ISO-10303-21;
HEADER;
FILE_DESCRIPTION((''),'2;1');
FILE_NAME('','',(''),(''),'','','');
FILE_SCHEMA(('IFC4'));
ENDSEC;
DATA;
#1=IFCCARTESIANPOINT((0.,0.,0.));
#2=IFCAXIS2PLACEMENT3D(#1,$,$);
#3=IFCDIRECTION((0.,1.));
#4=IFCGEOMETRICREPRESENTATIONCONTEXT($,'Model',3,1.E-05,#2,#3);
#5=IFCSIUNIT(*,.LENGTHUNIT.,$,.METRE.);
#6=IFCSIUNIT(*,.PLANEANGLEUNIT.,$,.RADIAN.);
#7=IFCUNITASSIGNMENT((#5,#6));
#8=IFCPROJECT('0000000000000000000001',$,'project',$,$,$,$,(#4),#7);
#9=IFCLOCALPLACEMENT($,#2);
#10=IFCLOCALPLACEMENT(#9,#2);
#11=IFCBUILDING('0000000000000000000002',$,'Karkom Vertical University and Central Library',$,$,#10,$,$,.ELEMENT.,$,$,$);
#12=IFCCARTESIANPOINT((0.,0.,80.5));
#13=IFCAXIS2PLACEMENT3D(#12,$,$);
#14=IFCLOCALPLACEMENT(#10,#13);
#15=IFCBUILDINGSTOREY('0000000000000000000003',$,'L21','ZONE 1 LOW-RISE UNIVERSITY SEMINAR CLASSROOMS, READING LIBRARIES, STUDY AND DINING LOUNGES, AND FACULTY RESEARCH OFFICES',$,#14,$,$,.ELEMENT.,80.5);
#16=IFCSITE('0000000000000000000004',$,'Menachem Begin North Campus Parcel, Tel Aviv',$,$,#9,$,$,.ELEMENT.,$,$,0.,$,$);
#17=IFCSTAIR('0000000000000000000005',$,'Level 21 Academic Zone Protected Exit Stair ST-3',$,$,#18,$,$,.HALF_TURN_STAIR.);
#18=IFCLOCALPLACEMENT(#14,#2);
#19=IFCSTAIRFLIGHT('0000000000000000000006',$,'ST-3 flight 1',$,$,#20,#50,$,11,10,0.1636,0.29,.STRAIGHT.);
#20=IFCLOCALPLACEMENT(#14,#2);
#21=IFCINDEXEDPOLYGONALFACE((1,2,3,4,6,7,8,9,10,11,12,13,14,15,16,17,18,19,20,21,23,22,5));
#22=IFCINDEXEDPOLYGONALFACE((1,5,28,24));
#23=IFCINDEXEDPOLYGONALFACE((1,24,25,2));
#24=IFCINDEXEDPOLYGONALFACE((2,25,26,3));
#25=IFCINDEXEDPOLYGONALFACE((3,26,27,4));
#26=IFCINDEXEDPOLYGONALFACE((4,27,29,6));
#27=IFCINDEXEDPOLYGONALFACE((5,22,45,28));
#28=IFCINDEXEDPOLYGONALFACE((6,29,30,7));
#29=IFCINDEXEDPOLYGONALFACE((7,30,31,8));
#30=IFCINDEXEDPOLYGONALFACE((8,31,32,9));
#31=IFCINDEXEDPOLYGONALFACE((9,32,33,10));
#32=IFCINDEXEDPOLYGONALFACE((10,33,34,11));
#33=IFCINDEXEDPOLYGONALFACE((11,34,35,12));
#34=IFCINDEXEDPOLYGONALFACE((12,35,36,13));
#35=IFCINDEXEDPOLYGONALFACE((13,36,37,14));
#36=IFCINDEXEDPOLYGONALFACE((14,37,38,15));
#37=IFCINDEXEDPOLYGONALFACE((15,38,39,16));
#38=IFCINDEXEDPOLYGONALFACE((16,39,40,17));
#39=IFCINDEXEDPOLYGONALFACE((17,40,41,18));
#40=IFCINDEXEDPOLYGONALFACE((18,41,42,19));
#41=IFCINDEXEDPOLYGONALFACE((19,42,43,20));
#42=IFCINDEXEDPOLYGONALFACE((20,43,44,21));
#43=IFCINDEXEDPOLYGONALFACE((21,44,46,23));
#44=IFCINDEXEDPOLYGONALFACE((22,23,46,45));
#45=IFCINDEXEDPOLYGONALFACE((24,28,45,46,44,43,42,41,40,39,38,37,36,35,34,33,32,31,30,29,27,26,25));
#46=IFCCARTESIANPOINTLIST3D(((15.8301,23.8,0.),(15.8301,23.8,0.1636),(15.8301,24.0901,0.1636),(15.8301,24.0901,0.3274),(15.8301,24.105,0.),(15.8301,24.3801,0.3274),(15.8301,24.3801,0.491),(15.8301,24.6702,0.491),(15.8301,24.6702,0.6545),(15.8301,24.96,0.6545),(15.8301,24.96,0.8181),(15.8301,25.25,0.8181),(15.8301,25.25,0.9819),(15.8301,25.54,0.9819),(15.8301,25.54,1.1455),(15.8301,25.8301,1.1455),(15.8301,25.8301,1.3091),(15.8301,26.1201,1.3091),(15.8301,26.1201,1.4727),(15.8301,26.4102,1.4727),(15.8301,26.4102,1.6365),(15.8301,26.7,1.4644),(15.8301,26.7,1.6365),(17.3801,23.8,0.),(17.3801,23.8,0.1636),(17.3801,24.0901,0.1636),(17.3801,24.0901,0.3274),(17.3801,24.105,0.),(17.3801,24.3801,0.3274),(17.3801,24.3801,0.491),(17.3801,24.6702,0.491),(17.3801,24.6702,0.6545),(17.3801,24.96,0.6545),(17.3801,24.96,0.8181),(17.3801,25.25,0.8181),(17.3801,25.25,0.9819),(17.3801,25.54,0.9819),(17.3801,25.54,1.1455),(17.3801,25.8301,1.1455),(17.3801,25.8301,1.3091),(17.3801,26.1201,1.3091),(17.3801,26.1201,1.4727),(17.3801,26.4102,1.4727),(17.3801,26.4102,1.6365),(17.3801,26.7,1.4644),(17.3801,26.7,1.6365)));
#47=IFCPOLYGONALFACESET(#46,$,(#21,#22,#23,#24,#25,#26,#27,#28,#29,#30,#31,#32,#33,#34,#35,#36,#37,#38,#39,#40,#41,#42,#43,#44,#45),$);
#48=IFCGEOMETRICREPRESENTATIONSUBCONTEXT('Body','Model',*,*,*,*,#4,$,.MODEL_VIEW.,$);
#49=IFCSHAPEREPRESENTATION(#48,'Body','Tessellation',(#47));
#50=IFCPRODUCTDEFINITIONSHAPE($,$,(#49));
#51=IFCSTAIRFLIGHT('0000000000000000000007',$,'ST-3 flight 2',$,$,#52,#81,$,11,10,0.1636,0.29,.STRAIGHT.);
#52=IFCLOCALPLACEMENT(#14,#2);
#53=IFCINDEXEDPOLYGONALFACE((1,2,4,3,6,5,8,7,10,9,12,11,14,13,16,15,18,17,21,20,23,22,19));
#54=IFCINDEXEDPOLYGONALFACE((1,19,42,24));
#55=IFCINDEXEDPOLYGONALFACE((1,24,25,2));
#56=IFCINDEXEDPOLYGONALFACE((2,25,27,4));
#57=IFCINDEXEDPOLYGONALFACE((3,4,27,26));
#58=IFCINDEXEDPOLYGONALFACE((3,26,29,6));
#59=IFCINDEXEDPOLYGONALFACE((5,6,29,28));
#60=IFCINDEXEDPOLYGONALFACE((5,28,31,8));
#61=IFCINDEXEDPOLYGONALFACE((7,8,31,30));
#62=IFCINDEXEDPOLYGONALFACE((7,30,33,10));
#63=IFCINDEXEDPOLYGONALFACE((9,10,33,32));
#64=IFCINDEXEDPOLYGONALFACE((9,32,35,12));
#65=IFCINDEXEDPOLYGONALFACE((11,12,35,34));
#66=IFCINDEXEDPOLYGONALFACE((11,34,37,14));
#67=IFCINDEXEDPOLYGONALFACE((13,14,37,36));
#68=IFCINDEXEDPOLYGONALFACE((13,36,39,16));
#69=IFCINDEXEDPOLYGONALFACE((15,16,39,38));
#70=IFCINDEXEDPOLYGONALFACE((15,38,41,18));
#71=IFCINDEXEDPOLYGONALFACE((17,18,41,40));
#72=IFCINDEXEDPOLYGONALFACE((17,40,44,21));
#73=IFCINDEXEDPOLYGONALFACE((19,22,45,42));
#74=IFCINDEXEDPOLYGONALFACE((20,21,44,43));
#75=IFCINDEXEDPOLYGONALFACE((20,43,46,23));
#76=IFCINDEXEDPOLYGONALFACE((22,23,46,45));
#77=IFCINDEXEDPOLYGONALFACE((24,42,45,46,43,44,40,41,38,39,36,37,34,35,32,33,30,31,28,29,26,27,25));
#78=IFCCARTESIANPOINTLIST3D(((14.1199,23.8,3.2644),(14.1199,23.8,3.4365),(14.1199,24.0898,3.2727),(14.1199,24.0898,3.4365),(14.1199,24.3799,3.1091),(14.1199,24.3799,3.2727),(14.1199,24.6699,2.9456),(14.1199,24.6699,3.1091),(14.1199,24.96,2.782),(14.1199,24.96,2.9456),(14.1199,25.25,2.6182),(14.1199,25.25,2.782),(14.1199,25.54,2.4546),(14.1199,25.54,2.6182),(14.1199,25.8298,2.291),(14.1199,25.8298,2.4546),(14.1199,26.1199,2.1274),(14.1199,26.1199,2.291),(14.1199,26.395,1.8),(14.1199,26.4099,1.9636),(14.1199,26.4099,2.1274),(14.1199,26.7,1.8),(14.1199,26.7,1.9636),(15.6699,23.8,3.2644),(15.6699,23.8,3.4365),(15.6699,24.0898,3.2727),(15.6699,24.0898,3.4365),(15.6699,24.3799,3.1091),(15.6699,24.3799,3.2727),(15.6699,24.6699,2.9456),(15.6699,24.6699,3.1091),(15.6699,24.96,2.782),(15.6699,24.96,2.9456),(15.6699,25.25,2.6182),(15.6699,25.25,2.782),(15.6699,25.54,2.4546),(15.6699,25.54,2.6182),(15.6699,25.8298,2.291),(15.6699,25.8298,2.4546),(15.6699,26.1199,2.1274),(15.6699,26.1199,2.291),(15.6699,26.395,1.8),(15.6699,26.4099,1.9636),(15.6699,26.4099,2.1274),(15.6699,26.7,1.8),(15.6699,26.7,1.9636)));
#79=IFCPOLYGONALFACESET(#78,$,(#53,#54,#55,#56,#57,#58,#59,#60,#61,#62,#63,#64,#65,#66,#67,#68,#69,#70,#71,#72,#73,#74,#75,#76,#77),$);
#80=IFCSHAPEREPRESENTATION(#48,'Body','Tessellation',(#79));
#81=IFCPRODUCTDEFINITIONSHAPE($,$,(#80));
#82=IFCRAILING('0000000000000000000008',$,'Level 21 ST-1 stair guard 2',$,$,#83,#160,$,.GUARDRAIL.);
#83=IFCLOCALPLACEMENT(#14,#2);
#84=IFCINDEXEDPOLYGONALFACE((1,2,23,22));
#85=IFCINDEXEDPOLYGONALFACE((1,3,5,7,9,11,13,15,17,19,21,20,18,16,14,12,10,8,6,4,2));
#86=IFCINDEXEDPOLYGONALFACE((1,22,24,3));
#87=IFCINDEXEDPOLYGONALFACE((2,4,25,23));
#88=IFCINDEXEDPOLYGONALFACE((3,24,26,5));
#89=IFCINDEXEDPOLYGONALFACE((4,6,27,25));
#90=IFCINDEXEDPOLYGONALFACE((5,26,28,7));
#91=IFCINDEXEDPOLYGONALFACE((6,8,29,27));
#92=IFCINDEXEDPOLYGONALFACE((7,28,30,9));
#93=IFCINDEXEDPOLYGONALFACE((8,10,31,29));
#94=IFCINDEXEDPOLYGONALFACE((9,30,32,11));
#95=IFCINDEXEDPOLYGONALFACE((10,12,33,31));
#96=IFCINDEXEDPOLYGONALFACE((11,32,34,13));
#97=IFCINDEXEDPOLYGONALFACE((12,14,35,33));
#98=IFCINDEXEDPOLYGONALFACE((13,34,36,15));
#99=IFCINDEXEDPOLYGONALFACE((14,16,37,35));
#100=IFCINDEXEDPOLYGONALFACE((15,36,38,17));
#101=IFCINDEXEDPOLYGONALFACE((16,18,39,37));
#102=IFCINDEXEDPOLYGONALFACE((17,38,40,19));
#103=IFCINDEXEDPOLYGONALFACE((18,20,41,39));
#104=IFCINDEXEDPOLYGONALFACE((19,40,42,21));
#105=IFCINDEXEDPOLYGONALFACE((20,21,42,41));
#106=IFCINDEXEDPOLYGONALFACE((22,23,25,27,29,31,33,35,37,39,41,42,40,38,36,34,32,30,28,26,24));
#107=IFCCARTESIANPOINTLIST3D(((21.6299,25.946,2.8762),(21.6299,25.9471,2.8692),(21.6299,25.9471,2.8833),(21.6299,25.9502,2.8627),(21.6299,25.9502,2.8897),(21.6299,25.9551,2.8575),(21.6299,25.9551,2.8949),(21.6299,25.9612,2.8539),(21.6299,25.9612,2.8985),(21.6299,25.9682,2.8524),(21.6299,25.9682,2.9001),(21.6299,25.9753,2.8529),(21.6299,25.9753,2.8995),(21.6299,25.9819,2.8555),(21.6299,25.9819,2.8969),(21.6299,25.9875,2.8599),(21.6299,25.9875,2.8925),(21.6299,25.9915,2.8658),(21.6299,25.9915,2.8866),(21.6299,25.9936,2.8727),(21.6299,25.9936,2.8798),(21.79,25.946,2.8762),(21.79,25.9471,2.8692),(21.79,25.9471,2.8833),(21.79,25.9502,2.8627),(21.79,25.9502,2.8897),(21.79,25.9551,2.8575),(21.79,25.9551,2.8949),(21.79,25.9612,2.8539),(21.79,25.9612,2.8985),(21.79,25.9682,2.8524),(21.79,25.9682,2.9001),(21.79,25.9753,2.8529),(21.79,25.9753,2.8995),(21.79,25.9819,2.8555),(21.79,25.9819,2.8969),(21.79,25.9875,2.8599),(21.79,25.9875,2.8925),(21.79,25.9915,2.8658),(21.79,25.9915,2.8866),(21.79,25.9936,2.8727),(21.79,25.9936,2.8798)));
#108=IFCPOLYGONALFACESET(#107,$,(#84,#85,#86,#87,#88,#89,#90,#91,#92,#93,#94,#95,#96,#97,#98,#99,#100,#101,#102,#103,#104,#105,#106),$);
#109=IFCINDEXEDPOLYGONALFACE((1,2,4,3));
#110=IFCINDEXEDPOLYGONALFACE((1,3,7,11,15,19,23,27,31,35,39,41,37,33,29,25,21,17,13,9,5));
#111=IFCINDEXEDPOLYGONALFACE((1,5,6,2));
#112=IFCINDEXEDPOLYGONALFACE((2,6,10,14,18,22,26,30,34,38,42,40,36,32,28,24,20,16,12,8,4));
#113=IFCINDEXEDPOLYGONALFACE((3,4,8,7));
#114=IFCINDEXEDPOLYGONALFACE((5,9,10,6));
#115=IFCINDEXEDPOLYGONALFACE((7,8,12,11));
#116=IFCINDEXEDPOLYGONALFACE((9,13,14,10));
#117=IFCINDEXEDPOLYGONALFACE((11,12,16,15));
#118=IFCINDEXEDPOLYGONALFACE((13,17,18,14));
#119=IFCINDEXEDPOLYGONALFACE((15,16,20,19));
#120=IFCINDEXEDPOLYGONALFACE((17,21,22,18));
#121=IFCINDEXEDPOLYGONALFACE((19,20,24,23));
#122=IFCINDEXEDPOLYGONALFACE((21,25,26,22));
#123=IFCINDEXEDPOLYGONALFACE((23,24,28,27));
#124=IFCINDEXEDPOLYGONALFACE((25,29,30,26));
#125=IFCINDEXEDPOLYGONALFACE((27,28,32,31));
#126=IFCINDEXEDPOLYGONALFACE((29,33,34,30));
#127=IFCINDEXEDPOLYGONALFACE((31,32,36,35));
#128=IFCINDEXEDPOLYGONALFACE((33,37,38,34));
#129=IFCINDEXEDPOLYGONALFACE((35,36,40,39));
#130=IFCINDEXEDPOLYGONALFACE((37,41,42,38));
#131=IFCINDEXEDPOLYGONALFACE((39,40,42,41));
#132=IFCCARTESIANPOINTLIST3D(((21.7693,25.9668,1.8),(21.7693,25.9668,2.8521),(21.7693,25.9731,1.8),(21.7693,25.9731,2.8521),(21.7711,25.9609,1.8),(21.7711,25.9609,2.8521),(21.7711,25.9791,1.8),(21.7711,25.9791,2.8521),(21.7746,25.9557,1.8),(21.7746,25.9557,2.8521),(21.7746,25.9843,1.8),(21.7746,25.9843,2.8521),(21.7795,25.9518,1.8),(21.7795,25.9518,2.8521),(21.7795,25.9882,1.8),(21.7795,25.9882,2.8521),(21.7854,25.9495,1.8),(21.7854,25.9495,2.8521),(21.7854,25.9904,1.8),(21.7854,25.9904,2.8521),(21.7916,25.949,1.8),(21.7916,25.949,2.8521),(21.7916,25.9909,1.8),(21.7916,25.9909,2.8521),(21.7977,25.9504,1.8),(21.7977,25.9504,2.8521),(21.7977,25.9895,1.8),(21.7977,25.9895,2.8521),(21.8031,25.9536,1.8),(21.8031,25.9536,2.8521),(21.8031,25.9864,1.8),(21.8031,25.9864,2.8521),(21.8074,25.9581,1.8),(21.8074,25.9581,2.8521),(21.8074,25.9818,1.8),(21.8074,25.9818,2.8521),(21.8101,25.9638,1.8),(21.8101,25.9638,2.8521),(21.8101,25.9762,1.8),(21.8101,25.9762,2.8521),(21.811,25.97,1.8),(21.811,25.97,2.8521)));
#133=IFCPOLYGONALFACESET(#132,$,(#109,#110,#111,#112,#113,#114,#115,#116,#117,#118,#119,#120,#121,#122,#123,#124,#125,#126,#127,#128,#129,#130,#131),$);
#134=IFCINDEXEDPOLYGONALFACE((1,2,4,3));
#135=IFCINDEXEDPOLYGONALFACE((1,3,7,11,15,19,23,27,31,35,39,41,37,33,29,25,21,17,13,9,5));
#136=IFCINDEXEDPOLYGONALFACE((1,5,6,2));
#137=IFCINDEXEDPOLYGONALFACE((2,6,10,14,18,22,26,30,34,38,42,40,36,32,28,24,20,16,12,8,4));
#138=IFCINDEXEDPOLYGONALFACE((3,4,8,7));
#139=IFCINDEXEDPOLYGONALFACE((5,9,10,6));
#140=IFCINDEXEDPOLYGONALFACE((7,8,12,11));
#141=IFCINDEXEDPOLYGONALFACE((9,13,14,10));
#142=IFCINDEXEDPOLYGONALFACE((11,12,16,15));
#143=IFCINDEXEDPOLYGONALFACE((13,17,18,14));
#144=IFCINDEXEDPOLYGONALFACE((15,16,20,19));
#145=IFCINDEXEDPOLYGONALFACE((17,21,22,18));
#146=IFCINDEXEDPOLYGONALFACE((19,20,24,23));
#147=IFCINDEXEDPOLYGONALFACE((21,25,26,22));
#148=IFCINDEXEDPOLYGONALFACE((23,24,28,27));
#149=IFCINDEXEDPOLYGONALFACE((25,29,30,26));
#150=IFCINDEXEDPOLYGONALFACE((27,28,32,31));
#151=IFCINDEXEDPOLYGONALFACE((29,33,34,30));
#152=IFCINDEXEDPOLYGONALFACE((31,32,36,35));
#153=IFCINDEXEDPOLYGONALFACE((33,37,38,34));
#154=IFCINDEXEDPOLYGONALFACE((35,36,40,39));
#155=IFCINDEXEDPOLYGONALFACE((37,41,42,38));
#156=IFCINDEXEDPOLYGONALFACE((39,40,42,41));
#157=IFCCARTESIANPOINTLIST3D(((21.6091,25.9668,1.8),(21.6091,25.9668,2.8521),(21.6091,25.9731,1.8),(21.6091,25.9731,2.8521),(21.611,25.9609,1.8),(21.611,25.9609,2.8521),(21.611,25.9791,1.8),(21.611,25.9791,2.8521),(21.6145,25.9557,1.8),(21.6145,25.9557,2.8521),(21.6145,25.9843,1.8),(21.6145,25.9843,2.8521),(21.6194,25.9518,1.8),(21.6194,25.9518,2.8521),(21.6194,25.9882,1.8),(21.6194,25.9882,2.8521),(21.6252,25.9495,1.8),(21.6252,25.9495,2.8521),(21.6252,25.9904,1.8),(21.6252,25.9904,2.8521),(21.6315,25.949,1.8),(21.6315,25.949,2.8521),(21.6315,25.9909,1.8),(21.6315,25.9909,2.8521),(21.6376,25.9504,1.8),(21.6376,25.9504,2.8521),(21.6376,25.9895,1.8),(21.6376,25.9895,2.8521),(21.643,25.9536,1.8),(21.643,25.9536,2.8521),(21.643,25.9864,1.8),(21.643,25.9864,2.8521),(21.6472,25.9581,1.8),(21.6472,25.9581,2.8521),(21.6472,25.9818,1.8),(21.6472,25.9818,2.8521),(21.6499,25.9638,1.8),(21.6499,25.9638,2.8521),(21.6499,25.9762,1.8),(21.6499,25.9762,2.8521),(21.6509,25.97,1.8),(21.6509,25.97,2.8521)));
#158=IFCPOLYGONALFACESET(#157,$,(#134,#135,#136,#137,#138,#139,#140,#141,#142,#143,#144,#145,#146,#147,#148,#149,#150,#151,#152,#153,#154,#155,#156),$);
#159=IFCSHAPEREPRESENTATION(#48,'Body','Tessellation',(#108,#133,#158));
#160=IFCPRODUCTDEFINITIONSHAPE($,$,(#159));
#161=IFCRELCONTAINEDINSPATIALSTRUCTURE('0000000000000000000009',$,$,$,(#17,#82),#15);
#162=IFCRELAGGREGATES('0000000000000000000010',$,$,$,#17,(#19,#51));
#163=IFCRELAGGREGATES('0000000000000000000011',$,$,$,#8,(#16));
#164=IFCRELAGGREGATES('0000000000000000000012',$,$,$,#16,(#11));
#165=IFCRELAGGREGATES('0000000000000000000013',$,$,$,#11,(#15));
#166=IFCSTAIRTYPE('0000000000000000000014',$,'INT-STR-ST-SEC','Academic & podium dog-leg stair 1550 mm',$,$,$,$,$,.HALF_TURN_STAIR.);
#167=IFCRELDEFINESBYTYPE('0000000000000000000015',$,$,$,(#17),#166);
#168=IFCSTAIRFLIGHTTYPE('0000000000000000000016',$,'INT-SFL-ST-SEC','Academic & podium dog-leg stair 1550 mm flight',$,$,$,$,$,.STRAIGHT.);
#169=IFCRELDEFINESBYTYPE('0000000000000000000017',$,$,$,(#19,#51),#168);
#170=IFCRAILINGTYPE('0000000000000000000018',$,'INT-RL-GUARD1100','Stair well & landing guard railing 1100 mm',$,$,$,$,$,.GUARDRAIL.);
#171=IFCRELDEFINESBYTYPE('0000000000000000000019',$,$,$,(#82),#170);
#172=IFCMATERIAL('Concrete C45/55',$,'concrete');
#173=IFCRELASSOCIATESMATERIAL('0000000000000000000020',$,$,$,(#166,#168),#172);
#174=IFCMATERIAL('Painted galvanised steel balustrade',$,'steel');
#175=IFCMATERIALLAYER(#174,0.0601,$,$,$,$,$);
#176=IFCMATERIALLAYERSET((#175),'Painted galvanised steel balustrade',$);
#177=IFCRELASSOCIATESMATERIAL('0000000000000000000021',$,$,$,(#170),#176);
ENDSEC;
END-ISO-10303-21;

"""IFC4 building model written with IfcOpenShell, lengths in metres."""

from ifc_helpers import new_model, si_unit, direction, frame, origin, origin_2d, place, context, subcontext, project, spatial, polyline, circle, outline, extrude, material, layer, layer_set, type_object, element, aggregate, save


model = new_model("IFC4")

# Units and contexts
model_context = context("Model", 3, precision=1e-05, world=origin(), true_north=direction((0.0, 1.0)))
body_context = subcontext(model_context, "Body", "Model", "MODEL_VIEW")
ifc_project = project(units=[si_unit("LENGTHUNIT", "METRE"), si_unit("PLANEANGLEUNIT", "RADIAN")], contexts=[model_context])

# Site, building, storey
site_placement = place(None, origin())
site = spatial("IfcSite", under=ifc_project, at=site_placement, Name="Menachem Begin North Campus Parcel, Tel Aviv", CompositionType="ELEMENT", RefElevation=0.0)
building_placement = place(site_placement, origin())
building = spatial("IfcBuilding", under=site, at=building_placement, Name="Karkom Vertical University and Central Library", CompositionType="ELEMENT")
storey_placement = place(building_placement, frame((0.0, 0.0, 80.5)))
storey = spatial("IfcBuildingStorey", under=building, at=storey_placement, Name="L21", Description="ZONE 1 LOW-RISE UNIVERSITY SEMINAR CLASSROOMS, READING LIBRARIES, STUDY AND DINING LOUNGES, AND FACULTY RESEARCH OFFICES", CompositionType="ELEMENT", Elevation=80.5)

# Shared definitions
ifc_material_1 = material(Name="Concrete C45/55", Category="concrete")

# Stair, stair flights
stair_type_1 = type_object("IfcStairType", Name="INT-STR-ST-SEC", Description="Academic & podium dog-leg stair 1550 mm", PredefinedType="HALF_TURN_STAIR", material=ifc_material_1)
stair_1_placement = place(storey_placement, origin())
stair_1 = element("IfcStair", 1, at=stair_1_placement, inside=storey, type_object=stair_type_1, Name="Level 21 Academic Zone Protected Exit Stair ST-3", PredefinedType="HALF_TURN_STAIR")
stair_flight_type_1 = type_object("IfcStairFlightType", Name="INT-SFL-ST-SEC", Description="Academic & podium dog-leg stair 1550 mm flight", PredefinedType="STRAIGHT", material=ifc_material_1)
stair_flight_1_placement = place(storey_placement, frame((16.605, 23.8, 0.0), z_axis=(0.0, 0.0, 1.0), x_axis=(0.0, 1.0, 0.0)))
stair_flight_1 = element("IfcStairFlight", 2, at=stair_flight_1_placement, type_object=stair_flight_type_1, Name="ST-3 flight 1", NumberOfRisers=11, NumberOfTreads=10, PredefinedType="STRAIGHT", RiserHeight=0.1636, TreadLength=0.29, context=body_context, shape_type="SweptSolid", body=[
    extrude(outline(polyline([(0.0, 0.0), (0.0, 0.1636), (0.29, 0.1636), (0.29, 0.3274), (0.5801, 0.3274), (0.5801, 0.491), (0.8701, 0.491), (0.8701, 0.6545), (1.1599, 0.6545), (1.1599, 0.8181), (1.45, 0.8181), (1.45, 0.9819), (1.74, 0.9819), (1.74, 1.1455), (2.03, 1.1455), (2.03, 1.3091), (2.3201, 1.3091), (2.3201, 1.4727), (2.6101, 1.4727), (2.6101, 1.6365), (2.8999, 1.6365), (2.8999, 1.8), (2.8999, 1.4644), (0.3049, 0.0), (0.0, 0.0)])), frame((0.0, 0.7749, 0.0), z_axis=(0.0, -1.0, 0.0), x_axis=(1.0, 0.0, 0.0)), (0.0, 0.0, 1.0), 1.55),
])
stair_flight_2_placement = place(storey_placement, frame((14.895, 26.7, 1.8), z_axis=(0.0, 0.0, 1.0), x_axis=(0.0, -1.0, 0.0)))
stair_flight_2 = element("IfcStairFlight", 3, at=stair_flight_2_placement, type_object=stair_flight_type_1, Name="ST-3 flight 2", NumberOfRisers=11, NumberOfTreads=10, PredefinedType="STRAIGHT", RiserHeight=0.1636, TreadLength=0.29, context=body_context, shape_type="SweptSolid", body=[
    extrude(outline(polyline([(0.0, 0.0), (0.0, 0.1636), (0.29, 0.1636), (0.29, 0.3274), (0.5801, 0.3274), (0.5801, 0.491), (0.8701, 0.491), (0.8701, 0.6545), (1.1599, 0.6545), (1.1599, 0.8181), (1.45, 0.8181), (1.45, 0.9819), (1.74, 0.9819), (1.74, 1.1455), (2.03, 1.1455), (2.03, 1.3091), (2.3201, 1.3091), (2.3201, 1.4727), (2.6101, 1.4727), (2.6101, 1.6365), (2.8999, 1.6365), (2.8999, 1.8), (2.8999, 1.4644), (0.3049, 0.0), (0.0, 0.0)])), frame((0.0, 0.7749, 0.0), z_axis=(0.0, -1.0, 0.0), x_axis=(1.0, 0.0, 0.0)), (0.0, 0.0, 1.0), 1.55),
])
aggregate(stair_1, [stair_flight_1, stair_flight_2])

# Railing
ifc_material_2 = material(Name="Painted galvanised steel balustrade", Category="steel")
ifc_layer_1 = layer(ifc_material_2, 0.0601)
ifc_layer_set_1 = layer_set([ifc_layer_1], Name="Painted galvanised steel balustrade")
railing_type_1 = type_object("IfcRailingType", Name="INT-RL-GUARD1100", Description="Stair well & landing guard railing 1100 mm", PredefinedType="GUARDRAIL", material=ifc_layer_set_1)
railing_1_placement = place(storey_placement, frame((21.79, 25.97, 1.8)))
element("IfcRailing", 4, at=railing_1_placement, inside=storey, type_object=railing_type_1, Name="Level 21 ST-1 stair guard 2", PredefinedType="GUARDRAIL", context=body_context, shape_type="SweptSolid", body=[
    extrude(circle(Radius=0.0239, at=origin_2d()), frame((0.0, 0.0, 1.0762), z_axis=(-1.0, 0.0, 0.0), x_axis=(0.0, -1.0, 0.0)), (0.0, 0.0, 1.0), 0.1602),
    extrude(circle(Radius=0.021, at=origin_2d()), origin(), (0.0, 0.0, 1.0), 1.052),
    extrude(circle(Radius=0.021, at=origin_2d()), frame((-0.1602, 0.0, 0.0)), (0.0, 0.0, 1.0), 1.052),
])

save(model, "model.ifc")
